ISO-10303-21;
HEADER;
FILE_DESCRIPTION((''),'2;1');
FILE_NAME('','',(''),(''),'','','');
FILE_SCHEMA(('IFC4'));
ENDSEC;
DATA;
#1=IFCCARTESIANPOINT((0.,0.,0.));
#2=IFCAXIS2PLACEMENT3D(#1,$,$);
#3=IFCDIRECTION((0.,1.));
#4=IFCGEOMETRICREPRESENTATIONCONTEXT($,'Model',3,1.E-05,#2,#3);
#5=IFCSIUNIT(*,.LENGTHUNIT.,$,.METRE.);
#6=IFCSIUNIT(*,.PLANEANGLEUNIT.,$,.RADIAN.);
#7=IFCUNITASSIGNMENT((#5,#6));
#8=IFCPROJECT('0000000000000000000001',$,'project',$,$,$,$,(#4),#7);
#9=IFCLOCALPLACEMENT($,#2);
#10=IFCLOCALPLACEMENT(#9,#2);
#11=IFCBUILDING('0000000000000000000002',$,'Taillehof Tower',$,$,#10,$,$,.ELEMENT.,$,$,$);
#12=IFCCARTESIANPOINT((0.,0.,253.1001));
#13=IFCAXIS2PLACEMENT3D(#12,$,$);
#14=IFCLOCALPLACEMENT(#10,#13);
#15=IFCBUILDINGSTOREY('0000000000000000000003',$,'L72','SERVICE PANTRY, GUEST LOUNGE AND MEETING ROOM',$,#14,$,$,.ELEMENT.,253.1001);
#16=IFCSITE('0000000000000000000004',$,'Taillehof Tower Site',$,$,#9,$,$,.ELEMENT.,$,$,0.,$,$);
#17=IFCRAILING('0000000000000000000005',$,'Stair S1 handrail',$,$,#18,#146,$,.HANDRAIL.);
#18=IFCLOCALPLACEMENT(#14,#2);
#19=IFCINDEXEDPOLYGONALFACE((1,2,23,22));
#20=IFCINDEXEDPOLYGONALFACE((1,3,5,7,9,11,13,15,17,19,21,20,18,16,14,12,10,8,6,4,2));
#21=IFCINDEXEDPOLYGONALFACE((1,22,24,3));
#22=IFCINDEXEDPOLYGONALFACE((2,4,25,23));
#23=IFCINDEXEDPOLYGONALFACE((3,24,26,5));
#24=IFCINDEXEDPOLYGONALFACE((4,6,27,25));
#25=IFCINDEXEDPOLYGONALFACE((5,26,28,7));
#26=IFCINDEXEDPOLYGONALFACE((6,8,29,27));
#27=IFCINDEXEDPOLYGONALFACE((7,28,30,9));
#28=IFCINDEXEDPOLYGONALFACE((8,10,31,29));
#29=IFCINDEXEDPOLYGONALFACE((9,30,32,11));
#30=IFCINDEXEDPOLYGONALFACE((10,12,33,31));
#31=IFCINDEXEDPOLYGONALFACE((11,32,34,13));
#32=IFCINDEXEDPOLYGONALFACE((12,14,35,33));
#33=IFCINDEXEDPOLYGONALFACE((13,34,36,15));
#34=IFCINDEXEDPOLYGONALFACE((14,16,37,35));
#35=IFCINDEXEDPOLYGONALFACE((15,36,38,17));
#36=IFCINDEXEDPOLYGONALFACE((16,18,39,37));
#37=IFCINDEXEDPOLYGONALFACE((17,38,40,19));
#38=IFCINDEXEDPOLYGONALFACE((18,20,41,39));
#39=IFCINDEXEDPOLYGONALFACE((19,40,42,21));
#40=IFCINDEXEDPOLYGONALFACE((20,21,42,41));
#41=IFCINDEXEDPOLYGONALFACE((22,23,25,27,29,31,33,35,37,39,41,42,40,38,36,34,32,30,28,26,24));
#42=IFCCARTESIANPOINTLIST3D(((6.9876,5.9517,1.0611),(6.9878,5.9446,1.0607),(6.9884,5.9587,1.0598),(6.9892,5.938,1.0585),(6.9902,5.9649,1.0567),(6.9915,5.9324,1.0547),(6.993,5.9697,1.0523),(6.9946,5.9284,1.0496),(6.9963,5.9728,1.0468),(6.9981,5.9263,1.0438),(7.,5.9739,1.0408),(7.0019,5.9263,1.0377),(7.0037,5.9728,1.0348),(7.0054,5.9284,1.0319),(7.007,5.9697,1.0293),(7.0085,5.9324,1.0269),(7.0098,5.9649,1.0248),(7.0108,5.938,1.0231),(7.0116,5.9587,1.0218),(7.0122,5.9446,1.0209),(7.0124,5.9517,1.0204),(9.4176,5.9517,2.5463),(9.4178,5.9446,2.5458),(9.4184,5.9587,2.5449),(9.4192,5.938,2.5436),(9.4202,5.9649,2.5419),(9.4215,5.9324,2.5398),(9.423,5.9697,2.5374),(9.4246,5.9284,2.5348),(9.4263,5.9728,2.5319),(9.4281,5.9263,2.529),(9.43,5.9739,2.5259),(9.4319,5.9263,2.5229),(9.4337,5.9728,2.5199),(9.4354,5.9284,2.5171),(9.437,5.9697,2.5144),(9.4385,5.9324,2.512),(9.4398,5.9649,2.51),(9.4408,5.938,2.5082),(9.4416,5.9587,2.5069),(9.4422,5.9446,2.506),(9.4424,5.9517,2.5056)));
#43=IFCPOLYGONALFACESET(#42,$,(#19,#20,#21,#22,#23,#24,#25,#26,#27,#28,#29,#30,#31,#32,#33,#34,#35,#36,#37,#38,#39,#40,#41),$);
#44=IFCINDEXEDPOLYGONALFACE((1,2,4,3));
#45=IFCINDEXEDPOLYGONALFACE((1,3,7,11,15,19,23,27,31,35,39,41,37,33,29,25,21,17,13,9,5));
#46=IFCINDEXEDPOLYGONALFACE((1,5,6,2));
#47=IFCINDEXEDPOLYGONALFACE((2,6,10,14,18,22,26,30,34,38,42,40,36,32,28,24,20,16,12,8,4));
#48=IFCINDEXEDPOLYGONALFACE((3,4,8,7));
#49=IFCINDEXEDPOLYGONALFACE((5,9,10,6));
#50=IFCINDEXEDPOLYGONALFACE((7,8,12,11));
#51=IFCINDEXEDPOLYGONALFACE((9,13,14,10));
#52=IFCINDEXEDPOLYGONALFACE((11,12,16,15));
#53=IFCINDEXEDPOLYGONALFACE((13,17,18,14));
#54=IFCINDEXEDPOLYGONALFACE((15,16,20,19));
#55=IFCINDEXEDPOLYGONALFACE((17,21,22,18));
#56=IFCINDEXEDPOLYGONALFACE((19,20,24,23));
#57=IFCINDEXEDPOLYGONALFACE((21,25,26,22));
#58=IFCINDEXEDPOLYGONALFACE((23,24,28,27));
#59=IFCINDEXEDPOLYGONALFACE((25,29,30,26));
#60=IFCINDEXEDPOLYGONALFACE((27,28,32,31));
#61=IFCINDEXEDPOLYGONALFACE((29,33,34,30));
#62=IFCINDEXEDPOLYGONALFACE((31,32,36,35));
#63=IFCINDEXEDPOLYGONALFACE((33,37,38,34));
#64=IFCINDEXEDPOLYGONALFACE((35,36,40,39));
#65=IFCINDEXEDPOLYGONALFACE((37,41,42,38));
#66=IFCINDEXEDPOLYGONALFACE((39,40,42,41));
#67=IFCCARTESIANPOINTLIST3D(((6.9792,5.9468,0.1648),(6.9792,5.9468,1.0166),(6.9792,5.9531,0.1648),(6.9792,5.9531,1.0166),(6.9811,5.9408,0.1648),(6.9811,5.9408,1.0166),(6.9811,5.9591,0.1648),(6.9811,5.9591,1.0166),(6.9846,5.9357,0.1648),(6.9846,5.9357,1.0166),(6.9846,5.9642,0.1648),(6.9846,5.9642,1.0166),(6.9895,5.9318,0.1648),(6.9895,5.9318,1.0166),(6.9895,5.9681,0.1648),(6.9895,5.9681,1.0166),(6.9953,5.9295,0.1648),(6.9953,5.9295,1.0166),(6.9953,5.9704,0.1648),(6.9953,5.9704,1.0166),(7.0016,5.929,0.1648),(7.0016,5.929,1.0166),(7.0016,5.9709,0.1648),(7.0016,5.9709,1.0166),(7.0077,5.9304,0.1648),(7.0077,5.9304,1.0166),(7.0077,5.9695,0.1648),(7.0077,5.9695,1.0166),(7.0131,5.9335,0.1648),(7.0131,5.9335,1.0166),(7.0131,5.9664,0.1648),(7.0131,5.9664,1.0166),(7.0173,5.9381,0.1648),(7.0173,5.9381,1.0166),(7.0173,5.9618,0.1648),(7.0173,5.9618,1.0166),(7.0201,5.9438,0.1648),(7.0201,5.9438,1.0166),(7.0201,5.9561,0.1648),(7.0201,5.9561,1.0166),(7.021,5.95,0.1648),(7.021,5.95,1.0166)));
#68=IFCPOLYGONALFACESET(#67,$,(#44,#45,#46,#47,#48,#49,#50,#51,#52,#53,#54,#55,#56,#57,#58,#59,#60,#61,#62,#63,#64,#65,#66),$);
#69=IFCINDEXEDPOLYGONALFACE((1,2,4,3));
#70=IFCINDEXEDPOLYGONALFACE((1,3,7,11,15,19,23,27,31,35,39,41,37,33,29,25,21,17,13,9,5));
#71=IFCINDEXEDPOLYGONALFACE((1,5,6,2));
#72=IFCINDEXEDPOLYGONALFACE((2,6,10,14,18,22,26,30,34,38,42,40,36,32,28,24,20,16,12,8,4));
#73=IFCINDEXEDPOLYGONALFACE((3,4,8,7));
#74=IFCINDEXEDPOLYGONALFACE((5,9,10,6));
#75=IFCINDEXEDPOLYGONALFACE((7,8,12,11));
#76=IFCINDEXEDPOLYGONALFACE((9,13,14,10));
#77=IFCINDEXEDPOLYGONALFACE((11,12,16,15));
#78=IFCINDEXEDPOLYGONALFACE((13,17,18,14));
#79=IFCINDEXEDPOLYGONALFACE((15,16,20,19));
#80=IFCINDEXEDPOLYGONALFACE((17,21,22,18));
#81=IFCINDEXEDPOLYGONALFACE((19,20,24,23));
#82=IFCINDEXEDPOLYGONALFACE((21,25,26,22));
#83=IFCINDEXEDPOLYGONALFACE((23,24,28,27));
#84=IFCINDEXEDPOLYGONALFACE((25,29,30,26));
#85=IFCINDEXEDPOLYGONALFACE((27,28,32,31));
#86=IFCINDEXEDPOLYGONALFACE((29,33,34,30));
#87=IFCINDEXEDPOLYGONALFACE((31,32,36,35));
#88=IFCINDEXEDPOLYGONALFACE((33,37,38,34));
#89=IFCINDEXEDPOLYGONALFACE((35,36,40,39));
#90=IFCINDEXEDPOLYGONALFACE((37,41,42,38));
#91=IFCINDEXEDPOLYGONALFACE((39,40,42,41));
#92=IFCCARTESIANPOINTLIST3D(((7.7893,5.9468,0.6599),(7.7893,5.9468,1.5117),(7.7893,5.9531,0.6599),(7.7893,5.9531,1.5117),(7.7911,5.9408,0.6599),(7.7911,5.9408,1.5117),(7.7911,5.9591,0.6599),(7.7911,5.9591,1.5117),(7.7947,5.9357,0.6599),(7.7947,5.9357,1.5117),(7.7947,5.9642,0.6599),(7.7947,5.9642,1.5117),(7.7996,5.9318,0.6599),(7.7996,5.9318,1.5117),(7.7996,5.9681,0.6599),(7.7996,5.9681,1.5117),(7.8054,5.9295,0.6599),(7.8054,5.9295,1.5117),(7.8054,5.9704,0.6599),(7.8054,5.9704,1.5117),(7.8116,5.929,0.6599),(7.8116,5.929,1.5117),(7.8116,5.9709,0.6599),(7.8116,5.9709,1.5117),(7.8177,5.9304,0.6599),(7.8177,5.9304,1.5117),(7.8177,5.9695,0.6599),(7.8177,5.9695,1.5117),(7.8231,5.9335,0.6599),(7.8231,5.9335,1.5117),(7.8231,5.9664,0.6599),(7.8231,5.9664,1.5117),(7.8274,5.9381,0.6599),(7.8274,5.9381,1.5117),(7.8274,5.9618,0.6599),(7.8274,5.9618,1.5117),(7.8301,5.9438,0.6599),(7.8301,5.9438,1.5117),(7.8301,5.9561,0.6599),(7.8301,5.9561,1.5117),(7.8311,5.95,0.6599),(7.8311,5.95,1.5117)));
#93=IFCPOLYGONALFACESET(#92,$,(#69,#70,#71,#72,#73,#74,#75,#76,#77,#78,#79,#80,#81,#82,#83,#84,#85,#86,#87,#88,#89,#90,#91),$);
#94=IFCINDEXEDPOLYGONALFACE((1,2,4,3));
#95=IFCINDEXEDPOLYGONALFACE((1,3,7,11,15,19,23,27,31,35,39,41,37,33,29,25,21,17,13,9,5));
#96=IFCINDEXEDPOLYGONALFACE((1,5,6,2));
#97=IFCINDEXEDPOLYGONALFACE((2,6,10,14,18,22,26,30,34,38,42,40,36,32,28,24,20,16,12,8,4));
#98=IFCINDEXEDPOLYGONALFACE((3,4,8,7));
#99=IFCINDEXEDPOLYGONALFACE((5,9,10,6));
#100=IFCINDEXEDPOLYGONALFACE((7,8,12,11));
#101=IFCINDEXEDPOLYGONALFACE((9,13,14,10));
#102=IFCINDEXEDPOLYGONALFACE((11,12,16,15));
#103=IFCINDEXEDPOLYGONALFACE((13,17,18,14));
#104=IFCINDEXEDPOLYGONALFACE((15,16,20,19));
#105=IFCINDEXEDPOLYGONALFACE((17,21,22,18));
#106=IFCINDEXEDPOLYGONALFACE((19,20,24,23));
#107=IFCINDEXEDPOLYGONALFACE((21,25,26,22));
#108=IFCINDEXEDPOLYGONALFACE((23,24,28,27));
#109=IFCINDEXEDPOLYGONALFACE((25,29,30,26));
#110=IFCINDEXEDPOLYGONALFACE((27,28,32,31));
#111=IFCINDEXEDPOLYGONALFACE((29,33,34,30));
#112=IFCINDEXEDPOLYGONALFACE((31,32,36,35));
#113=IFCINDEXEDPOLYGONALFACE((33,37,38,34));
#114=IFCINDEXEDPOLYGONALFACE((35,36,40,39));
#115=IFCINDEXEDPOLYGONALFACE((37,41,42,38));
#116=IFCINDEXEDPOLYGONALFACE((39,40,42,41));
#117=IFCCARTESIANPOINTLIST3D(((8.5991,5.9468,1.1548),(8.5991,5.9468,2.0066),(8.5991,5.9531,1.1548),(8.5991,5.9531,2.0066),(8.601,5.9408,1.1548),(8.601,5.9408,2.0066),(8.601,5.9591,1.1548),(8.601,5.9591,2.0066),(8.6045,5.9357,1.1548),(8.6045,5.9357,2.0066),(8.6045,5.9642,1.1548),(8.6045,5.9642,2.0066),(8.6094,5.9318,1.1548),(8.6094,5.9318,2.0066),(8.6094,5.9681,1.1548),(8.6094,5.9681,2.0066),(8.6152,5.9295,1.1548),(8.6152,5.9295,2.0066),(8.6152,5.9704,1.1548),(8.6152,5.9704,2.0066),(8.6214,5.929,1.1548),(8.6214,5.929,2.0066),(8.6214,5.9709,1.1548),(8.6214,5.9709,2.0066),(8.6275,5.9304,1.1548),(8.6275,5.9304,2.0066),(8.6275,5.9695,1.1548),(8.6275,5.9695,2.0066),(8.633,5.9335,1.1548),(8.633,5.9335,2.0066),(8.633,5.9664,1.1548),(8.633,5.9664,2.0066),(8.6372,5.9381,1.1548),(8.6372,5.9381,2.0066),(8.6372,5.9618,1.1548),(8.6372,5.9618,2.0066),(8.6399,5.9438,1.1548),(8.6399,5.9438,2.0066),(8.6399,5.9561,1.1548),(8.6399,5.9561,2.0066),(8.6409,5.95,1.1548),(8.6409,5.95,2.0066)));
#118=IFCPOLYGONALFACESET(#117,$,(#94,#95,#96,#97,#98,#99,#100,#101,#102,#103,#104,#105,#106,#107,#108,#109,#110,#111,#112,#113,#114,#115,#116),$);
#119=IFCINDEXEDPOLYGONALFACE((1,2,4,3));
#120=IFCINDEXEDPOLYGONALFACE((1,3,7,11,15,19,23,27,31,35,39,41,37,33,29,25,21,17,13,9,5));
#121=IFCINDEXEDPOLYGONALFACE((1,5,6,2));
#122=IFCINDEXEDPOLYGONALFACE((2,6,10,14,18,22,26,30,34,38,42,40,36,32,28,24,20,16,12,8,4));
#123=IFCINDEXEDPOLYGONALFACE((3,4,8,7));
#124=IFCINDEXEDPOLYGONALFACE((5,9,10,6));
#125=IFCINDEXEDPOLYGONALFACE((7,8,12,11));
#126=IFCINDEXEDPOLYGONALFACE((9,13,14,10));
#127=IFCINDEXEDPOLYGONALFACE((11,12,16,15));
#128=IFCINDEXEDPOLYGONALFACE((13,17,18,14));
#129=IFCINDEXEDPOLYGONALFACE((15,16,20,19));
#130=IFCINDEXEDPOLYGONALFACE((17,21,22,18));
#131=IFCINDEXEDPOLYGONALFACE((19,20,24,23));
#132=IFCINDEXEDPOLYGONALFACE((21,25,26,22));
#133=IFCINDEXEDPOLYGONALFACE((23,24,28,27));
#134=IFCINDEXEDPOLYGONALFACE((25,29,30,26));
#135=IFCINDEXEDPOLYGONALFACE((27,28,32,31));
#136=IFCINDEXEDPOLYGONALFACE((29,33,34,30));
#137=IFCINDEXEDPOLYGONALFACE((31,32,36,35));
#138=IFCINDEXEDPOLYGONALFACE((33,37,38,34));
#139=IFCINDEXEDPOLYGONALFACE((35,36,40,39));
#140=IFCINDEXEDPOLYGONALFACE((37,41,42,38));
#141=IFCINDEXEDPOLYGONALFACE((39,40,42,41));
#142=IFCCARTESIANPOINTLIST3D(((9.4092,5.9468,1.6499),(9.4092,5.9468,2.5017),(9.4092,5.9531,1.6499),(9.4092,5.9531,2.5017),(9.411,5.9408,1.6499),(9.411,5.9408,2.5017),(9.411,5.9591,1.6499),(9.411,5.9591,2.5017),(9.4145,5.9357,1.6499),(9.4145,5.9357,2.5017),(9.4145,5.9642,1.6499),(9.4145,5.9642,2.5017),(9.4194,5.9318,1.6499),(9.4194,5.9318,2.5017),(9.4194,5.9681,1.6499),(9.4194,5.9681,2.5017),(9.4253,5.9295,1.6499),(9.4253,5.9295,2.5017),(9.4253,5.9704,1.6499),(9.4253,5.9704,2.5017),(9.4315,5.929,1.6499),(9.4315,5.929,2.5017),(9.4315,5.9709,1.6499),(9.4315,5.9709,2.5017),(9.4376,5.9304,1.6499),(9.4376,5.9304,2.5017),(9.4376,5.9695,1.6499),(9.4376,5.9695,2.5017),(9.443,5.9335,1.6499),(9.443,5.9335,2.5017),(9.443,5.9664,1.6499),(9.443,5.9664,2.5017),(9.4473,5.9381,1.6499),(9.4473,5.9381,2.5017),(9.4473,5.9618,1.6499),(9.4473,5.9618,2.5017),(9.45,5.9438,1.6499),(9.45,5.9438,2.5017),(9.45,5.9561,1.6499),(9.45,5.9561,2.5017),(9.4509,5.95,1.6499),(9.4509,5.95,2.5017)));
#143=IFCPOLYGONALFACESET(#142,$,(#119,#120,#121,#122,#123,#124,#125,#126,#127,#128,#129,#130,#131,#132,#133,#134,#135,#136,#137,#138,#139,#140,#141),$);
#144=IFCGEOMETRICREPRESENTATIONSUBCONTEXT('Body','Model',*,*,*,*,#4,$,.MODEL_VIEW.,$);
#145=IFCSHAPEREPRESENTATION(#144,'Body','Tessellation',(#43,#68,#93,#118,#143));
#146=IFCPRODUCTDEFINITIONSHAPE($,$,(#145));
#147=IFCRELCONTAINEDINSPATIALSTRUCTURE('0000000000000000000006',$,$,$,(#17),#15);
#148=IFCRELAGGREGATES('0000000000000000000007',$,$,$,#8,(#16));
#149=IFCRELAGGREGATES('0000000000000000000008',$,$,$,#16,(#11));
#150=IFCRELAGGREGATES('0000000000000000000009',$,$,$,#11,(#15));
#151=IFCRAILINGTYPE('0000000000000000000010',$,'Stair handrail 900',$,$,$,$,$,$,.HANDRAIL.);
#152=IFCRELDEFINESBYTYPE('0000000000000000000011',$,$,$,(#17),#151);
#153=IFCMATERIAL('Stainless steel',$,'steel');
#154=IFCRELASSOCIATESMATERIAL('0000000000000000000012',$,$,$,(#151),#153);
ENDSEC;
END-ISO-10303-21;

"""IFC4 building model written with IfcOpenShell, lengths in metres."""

from ifc_helpers import new_model, si_unit, direction, frame, origin, origin_2d, place, context, subcontext, project, spatial, circle, extrude, material, type_object, element, save


model = new_model("IFC4")

# Units and contexts
model_context = context("Model", 3, precision=1e-05, world=origin(), true_north=direction((0.0, 1.0)))
body_context = subcontext(model_context, "Body", "Model", "MODEL_VIEW")
ifc_project = project(units=[si_unit("LENGTHUNIT", "METRE"), si_unit("PLANEANGLEUNIT", "RADIAN")], contexts=[model_context])

# Site, building, storey
site_placement = place(None, origin())
site = spatial("IfcSite", under=ifc_project, at=site_placement, Name="Taillehof Tower Site", CompositionType="ELEMENT", RefElevation=0.0)
building_placement = place(site_placement, origin())
building = spatial("IfcBuilding", under=site, at=building_placement, Name="Taillehof Tower", CompositionType="ELEMENT")
storey_placement = place(building_placement, frame((0.0, 0.0, 253.1001)))
storey = spatial("IfcBuildingStorey", under=building, at=storey_placement, Name="L72", Description="SERVICE PANTRY, GUEST LOUNGE AND MEETING ROOM", CompositionType="ELEMENT", Elevation=253.1001)

# Railing
ifc_material_1 = material(Name="Stainless steel", Category="steel")
railing_type = type_object("IfcRailingType", Name="Stair handrail 900", PredefinedType="HANDRAIL", material=ifc_material_1)
railing_placement = place(storey_placement, frame((7.0, 5.95, 0.1648)))
element("IfcRailing", 1, at=railing_placement, inside=storey, type_object=railing_type, Name="Stair S1 handrail", PredefinedType="HANDRAIL", context=body_context, shape_type="SweptSolid", body=[
    extrude(circle(Radius=0.0239, at=origin_2d()), frame((0.0, 0.0, 0.876), z_axis=(0.853259, 0.0, 0.521488), x_axis=(0.0, 1.0, 0.0)), (0.0, 0.0, 1.0), 2.8479),
    extrude(circle(Radius=0.021, at=origin_2d()), origin(), (0.0, 0.0, 1.0), 0.8518),
    extrude(circle(Radius=0.021, at=origin_2d()), frame((0.8101, 0.0, 0.4951)), (0.0, 0.0, 1.0), 0.8518),
    extrude(circle(Radius=0.021, at=origin_2d()), frame((1.6199, 0.0, 0.99)), (0.0, 0.0, 1.0), 0.8518),
    extrude(circle(Radius=0.021, at=origin_2d()), frame((2.4299, 0.0, 1.4851)), (0.0, 0.0, 1.0), 0.8518),
])

save(model, "model.ifc")
